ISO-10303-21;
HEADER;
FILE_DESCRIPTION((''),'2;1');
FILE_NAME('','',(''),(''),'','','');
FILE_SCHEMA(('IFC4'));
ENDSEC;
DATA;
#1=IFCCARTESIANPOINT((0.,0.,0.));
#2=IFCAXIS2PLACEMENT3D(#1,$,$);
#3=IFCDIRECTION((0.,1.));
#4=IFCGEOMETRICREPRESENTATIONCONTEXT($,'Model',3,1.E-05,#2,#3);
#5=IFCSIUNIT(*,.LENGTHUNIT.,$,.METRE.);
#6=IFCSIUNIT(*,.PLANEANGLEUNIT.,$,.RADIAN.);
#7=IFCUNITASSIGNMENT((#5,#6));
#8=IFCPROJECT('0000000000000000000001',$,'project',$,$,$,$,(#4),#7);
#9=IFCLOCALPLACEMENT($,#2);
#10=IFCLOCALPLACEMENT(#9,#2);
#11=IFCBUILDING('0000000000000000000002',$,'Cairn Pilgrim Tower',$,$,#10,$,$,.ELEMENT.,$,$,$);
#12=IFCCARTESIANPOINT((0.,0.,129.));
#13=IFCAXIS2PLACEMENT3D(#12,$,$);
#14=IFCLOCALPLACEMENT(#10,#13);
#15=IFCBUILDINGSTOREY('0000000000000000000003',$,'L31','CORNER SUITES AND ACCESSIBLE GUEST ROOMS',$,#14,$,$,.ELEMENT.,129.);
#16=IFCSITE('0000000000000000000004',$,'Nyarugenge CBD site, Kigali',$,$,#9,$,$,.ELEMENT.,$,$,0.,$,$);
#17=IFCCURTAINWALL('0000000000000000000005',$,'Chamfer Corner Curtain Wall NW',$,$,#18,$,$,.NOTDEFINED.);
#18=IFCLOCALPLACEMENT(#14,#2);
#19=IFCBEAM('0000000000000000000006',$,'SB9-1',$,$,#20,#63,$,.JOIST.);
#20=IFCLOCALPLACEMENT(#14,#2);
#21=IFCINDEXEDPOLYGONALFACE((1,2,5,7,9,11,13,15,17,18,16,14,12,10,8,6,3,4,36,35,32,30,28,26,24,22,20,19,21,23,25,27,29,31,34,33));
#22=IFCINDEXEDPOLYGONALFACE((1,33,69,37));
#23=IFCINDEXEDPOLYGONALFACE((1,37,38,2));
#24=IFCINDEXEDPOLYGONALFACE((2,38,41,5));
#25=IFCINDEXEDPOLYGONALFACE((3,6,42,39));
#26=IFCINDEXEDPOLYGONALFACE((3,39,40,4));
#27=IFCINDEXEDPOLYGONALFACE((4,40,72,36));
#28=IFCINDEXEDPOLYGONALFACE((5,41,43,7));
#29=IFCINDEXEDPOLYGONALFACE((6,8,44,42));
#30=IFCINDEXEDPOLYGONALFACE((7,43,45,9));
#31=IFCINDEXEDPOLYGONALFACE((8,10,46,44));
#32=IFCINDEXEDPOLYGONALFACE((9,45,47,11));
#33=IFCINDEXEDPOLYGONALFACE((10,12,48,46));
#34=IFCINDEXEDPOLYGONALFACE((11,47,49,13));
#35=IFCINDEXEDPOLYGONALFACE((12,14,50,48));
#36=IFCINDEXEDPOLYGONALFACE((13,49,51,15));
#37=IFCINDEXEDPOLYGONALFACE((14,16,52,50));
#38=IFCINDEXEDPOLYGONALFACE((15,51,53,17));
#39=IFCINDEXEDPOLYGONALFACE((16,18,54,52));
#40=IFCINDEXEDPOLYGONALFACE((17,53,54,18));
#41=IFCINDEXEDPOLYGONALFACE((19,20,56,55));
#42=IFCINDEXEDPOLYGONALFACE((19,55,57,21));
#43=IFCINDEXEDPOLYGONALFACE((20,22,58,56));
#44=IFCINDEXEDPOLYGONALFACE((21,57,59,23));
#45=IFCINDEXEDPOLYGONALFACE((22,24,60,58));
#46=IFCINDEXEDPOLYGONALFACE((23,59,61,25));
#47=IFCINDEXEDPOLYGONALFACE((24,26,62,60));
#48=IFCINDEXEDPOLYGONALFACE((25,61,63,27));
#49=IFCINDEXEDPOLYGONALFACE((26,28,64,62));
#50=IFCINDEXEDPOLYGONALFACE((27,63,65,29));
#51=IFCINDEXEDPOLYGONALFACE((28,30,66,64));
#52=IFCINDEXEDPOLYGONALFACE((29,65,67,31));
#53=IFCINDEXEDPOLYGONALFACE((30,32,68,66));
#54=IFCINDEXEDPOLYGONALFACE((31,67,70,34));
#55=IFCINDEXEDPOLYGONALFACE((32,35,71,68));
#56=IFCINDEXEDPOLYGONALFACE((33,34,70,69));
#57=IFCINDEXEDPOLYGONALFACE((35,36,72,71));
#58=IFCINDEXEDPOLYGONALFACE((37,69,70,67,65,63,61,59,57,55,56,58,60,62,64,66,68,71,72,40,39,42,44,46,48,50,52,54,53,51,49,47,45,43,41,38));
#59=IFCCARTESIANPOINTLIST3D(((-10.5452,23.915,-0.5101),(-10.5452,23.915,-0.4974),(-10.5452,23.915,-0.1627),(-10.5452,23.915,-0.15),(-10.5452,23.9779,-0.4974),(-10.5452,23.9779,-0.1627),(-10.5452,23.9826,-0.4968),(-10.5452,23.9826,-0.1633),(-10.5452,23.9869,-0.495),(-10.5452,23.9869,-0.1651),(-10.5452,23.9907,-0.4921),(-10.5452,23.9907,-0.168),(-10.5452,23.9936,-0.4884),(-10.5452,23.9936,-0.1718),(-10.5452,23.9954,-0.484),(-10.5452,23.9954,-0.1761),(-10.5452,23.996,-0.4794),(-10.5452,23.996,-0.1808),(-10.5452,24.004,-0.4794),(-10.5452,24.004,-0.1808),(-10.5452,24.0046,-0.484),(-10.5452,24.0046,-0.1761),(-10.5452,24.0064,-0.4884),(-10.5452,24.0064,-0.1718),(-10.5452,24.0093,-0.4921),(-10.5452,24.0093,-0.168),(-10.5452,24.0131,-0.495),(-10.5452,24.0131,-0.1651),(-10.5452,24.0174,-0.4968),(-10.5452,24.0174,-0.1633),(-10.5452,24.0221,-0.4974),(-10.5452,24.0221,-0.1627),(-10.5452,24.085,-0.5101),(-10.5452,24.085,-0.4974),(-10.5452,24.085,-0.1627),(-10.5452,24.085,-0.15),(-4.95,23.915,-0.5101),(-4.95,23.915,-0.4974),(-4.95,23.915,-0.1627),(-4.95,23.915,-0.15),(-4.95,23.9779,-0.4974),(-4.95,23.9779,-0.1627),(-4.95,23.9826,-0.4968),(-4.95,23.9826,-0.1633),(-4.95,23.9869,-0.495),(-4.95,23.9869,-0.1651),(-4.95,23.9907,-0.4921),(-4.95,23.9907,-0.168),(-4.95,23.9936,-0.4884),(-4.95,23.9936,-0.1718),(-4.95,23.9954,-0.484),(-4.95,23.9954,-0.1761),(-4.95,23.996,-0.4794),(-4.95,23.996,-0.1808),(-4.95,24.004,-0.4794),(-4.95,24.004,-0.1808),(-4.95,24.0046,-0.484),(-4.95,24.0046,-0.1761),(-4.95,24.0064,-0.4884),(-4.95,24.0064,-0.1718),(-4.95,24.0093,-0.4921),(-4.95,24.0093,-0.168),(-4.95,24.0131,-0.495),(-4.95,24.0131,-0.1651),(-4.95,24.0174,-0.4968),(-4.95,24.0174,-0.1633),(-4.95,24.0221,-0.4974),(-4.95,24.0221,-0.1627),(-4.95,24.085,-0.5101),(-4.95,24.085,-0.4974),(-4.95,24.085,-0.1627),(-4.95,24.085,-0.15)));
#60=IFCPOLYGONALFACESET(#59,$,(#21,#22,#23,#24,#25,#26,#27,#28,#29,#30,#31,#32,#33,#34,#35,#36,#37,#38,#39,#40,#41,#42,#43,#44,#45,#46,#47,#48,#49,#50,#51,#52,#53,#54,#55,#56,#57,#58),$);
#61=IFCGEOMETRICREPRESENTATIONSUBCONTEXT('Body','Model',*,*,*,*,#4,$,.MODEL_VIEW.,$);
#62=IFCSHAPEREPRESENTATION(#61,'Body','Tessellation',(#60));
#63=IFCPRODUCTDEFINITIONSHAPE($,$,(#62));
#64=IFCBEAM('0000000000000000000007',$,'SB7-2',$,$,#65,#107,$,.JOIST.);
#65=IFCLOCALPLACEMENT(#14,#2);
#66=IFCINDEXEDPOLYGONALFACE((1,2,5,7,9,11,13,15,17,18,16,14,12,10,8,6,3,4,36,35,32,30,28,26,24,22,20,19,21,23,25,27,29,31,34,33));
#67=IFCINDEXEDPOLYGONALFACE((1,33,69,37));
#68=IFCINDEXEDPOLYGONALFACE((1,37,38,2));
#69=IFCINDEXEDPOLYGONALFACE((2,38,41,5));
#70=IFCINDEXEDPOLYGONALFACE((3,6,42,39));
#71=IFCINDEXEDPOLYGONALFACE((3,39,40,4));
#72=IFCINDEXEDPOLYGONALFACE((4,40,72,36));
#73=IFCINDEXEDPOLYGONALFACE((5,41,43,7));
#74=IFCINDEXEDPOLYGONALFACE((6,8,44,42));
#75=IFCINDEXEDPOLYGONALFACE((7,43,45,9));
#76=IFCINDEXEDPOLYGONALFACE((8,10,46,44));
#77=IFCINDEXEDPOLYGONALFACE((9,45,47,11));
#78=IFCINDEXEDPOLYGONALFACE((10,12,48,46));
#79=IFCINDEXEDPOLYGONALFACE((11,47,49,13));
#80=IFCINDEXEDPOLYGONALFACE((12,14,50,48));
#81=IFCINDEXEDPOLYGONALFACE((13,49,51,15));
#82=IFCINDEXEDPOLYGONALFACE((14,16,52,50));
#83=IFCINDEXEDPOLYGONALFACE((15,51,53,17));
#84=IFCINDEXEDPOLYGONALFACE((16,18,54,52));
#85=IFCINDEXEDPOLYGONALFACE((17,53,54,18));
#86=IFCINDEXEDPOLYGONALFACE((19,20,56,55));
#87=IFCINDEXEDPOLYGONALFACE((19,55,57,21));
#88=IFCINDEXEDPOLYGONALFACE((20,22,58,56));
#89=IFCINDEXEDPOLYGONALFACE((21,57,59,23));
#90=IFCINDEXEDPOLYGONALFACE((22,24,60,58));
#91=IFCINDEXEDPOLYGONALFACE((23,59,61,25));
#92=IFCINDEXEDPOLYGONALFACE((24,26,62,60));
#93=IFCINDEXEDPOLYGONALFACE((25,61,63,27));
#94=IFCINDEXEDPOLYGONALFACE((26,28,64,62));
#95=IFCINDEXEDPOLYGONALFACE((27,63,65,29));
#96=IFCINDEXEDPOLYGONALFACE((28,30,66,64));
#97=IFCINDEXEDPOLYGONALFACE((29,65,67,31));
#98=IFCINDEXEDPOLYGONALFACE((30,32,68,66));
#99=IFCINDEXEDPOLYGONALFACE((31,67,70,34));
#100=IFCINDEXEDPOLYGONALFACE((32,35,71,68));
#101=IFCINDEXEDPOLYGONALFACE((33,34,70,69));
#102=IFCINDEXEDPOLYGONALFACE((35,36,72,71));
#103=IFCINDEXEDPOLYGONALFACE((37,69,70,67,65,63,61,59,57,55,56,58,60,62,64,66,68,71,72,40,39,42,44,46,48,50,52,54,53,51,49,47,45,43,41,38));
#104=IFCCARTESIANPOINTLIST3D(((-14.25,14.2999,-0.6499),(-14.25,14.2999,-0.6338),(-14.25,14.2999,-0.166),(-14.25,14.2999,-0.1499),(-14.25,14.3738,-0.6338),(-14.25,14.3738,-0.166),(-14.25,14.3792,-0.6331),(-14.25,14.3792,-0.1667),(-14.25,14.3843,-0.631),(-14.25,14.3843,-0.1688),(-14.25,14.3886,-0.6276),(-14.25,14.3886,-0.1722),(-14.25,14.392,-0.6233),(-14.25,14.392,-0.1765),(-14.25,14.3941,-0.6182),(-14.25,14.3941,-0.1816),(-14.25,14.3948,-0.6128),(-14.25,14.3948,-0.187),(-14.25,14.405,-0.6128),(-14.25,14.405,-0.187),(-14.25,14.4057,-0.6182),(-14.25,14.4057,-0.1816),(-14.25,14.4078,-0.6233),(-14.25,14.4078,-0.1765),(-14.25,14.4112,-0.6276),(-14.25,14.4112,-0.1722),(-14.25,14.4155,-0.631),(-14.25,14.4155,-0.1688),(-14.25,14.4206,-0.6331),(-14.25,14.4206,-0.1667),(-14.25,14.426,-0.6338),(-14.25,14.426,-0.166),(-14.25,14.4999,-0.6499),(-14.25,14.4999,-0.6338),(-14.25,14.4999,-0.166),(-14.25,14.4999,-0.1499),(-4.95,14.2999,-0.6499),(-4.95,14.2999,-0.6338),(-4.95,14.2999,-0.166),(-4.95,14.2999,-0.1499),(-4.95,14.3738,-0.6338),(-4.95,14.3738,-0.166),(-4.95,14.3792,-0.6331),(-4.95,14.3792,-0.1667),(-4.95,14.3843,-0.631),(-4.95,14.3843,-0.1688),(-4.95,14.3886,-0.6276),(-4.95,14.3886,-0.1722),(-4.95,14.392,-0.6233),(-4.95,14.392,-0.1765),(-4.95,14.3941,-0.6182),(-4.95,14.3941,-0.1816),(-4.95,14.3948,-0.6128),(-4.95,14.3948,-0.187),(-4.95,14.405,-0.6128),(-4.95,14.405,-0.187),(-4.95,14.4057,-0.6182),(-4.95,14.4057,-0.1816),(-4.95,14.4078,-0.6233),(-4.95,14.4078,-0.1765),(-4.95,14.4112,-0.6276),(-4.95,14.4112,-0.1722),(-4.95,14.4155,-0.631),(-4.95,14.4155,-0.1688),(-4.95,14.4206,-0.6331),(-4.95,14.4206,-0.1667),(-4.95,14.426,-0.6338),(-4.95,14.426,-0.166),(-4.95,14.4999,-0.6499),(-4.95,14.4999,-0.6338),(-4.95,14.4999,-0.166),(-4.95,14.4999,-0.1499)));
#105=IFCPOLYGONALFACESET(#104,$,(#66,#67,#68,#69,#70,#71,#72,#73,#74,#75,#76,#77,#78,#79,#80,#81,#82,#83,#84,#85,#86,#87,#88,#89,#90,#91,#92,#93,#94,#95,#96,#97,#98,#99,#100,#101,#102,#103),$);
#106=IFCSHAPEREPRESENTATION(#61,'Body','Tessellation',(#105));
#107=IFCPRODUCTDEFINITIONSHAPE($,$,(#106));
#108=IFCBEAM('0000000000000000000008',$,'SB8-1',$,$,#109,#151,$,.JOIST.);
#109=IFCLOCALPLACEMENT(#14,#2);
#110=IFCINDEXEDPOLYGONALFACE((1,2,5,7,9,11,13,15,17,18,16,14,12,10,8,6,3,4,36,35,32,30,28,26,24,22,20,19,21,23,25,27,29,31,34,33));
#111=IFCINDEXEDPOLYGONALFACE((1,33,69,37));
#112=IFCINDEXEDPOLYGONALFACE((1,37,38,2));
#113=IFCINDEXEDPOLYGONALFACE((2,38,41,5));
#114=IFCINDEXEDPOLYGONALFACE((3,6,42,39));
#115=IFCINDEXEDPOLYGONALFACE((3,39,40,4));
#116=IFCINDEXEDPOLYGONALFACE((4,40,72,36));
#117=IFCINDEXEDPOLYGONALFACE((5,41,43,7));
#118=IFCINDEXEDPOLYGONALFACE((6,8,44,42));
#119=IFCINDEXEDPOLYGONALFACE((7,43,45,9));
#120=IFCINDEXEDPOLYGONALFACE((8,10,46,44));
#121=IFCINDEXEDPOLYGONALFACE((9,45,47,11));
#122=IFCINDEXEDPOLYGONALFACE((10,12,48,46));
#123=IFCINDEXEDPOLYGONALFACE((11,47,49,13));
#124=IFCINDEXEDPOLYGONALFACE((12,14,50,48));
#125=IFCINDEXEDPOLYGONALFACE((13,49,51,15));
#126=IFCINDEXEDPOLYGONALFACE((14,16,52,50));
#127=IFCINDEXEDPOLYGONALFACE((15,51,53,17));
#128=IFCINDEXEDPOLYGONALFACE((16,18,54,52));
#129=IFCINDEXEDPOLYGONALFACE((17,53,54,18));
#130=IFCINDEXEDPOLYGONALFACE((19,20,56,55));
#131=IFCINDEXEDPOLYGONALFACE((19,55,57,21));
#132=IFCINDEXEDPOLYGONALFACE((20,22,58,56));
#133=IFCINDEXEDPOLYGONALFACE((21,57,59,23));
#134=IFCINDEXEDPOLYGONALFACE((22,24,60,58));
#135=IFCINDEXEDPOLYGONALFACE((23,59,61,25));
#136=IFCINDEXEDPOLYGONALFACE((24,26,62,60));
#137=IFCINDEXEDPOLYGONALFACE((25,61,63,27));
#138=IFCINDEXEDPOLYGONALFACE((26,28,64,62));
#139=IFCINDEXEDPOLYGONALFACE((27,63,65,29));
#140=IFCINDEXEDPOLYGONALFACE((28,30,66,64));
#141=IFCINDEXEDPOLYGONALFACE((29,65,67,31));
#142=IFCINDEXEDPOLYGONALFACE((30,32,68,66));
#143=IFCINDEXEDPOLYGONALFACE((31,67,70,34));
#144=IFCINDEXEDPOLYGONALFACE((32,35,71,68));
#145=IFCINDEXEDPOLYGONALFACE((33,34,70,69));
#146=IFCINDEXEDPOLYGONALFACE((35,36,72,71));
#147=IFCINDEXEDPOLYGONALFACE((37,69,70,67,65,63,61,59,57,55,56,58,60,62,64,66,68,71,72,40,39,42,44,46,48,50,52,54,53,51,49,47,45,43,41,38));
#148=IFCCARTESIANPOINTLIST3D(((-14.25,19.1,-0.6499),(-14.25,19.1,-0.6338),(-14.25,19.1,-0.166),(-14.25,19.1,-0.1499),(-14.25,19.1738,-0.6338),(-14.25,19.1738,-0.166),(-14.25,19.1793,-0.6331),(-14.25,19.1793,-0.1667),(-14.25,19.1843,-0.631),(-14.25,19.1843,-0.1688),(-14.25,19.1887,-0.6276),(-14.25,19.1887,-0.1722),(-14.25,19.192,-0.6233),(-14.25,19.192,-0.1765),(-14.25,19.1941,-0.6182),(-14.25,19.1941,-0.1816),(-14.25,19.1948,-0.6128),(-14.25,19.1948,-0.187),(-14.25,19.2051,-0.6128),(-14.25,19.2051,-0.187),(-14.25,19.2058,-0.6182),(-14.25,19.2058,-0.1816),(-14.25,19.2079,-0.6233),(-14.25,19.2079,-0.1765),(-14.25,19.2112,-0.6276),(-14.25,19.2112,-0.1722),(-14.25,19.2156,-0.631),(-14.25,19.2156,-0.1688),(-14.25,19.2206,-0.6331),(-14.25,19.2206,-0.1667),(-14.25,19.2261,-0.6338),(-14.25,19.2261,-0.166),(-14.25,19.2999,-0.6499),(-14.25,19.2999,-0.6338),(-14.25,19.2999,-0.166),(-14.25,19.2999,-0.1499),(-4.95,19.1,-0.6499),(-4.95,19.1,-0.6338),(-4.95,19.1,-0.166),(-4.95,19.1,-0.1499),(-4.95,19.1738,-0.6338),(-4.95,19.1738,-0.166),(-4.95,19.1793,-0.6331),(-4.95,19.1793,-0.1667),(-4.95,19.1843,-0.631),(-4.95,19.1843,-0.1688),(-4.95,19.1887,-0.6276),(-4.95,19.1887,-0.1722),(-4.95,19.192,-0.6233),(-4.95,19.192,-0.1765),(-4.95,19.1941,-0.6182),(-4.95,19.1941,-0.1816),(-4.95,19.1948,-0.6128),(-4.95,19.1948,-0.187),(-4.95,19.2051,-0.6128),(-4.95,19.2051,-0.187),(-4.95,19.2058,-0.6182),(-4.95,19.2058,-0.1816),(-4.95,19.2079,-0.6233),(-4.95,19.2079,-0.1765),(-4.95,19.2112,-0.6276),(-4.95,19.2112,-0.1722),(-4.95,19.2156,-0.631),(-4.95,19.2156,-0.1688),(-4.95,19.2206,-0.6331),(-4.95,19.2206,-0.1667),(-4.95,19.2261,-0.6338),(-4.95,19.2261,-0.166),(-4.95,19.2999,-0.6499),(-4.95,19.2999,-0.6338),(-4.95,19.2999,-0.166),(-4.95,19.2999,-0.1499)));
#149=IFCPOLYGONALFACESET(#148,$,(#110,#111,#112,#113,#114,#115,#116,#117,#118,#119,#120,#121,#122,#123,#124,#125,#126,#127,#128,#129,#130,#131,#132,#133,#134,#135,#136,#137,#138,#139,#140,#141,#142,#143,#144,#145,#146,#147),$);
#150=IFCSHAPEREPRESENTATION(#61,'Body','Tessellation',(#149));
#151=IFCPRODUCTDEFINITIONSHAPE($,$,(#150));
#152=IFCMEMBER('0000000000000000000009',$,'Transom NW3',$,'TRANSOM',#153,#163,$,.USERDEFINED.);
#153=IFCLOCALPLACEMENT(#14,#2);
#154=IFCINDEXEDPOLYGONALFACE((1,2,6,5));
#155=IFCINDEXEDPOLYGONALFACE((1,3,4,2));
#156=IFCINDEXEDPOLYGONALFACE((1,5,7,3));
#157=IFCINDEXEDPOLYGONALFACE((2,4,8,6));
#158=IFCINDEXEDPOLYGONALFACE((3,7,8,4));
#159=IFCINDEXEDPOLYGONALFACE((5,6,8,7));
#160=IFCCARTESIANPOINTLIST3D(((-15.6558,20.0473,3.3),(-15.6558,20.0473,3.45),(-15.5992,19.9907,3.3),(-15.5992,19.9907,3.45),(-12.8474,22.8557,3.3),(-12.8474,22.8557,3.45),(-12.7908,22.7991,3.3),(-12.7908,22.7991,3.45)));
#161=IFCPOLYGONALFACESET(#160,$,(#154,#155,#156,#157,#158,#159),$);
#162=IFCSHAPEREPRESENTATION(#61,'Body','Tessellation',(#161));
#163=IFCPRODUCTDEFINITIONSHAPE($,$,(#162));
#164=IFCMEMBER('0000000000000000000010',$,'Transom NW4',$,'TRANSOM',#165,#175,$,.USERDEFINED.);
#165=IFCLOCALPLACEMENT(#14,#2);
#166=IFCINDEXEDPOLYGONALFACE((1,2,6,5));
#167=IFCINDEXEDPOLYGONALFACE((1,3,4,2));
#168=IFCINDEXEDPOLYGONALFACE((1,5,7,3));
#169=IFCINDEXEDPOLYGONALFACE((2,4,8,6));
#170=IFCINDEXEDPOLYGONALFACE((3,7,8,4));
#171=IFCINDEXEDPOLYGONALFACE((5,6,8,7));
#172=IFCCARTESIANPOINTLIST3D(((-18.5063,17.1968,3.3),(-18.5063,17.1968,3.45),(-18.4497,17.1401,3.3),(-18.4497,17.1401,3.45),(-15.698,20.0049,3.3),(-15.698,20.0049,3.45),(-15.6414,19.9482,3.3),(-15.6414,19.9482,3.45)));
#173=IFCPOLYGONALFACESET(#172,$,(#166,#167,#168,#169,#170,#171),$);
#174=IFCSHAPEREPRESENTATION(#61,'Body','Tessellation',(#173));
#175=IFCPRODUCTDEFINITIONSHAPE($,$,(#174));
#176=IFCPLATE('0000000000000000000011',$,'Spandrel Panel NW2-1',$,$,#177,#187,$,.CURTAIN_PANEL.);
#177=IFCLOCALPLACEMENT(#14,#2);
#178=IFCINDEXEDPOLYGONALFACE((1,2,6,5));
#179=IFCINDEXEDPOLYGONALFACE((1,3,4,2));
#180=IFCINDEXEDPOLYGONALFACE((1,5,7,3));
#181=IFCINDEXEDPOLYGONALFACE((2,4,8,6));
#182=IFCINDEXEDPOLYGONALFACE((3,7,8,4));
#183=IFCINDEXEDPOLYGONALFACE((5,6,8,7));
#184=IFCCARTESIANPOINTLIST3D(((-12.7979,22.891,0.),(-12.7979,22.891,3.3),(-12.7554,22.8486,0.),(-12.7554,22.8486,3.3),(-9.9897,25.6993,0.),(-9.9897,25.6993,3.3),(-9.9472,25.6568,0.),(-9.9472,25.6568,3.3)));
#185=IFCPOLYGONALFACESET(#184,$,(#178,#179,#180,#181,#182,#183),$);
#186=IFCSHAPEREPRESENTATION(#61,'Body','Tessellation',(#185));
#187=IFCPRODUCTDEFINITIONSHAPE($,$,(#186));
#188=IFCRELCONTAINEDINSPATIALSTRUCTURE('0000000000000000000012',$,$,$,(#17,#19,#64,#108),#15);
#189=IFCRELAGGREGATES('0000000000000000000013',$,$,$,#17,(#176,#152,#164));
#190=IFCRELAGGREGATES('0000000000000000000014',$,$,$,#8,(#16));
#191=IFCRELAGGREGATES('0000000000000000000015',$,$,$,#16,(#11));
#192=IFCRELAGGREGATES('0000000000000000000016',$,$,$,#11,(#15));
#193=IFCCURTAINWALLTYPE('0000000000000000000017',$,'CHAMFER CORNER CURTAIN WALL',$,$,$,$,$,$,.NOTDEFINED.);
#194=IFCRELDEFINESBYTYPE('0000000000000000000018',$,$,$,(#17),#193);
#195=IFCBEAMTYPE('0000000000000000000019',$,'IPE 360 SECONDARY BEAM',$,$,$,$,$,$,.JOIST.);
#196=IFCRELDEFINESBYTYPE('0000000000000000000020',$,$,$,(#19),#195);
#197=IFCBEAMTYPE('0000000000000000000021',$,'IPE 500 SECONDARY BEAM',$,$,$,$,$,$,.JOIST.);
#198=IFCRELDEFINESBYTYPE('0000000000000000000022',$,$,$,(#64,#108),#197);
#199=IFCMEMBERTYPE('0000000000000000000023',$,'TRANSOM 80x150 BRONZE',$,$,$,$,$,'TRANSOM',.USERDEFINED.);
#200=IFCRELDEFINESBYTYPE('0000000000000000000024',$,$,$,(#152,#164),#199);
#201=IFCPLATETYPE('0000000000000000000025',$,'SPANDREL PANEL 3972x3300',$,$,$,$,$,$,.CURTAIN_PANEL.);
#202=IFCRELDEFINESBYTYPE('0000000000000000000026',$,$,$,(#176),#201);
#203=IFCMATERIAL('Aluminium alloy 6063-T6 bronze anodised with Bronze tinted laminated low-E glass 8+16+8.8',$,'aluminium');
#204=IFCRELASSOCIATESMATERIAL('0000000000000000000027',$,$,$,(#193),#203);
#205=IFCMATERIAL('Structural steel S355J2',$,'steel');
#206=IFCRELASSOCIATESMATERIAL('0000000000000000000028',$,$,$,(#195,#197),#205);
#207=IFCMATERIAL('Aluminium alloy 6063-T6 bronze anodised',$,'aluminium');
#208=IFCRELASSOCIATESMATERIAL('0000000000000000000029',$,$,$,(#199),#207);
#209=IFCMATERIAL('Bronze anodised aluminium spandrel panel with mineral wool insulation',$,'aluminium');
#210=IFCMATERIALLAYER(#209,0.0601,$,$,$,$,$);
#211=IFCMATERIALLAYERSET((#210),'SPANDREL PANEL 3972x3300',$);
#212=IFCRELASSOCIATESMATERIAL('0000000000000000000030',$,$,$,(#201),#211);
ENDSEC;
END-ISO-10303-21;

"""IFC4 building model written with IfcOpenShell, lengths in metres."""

from ifc_helpers import new_model, si_unit, direction, frame, origin, origin_2d, place, context, subcontext, project, spatial, rectangle, i_section, extrude, material, layer, layer_set, material_profile, profile_set, type_object, element, aggregate, save


model = new_model("IFC4")

# Units and contexts
model_context = context("Model", 3, precision=1e-05, world=origin(), true_north=direction((0.0, 1.0)))
body_context = subcontext(model_context, "Body", "Model", "MODEL_VIEW")
ifc_project = project(units=[si_unit("LENGTHUNIT", "METRE"), si_unit("PLANEANGLEUNIT", "RADIAN")], contexts=[model_context])

# Site, building, storey
site_placement = place(None, origin())
site = spatial("IfcSite", under=ifc_project, at=site_placement, Name="Nyarugenge CBD site, Kigali", CompositionType="ELEMENT", RefElevation=0.0)
building_placement = place(site_placement, origin())
building = spatial("IfcBuilding", under=site, at=building_placement, Name="Cairn Pilgrim Tower", CompositionType="ELEMENT")
storey_placement = place(building_placement, frame((0.0, 0.0, 129.0)))
storey = spatial("IfcBuildingStorey", under=building, at=storey_placement, Name="L31", Description="CORNER SUITES AND ACCESSIBLE GUEST ROOMS", CompositionType="ELEMENT", Elevation=129.0)

# Shared definitions
ifc_material_1 = material(Name="Structural steel S355J2", Category="steel")

# Curtain wall
ifc_material_2 = material(Name="Aluminium alloy 6063-T6 bronze anodised with Bronze tinted laminated low-E glass 8+16+8.8", Category="aluminium")
curtain_wall_type_1 = type_object("IfcCurtainWallType", Name="CHAMFER CORNER CURTAIN WALL", PredefinedType="NOTDEFINED", material=ifc_material_2)
curtain_wall_1_placement = place(storey_placement, origin())
curtain_wall_1 = element("IfcCurtainWall", 1, at=curtain_wall_1_placement, inside=storey, type_object=curtain_wall_type_1, Name="Chamfer Corner Curtain Wall NW", PredefinedType="NOTDEFINED")
ifc_material_3 = material(Name="Aluminium alloy 6063-T6 bronze anodised", Category="aluminium")

# Beams
ifc_material_profile_1 = material_profile(ifc_material_1, i_section(OverallWidth=0.1699, OverallDepth=0.3601, WebThickness=0.0081, FlangeThickness=0.0127, FilletRadius=0.0181, at=origin_2d()), Name="IPE 360")
ifc_profile_set_1 = profile_set([ifc_material_profile_1], Name="Structural steel S355J2")
beam_type_1 = type_object("IfcBeamType", Name="IPE 360 SECONDARY BEAM", PredefinedType="JOIST", material=ifc_profile_set_1)
beam_1_placement = place(storey_placement, frame((-10.5452, 24.0, -0.3301), z_axis=(1.0, 0.0, 0.0), x_axis=(0.0, 1.0, 0.0)))
element("IfcBeam", 2, at=beam_1_placement, inside=storey, type_object=beam_type_1, Name="SB9-1", PredefinedType="JOIST", context=body_context, shape_type="SweptSolid", body=[
    extrude(i_section(OverallWidth=0.1699, OverallDepth=0.3601, WebThickness=0.0081, FlangeThickness=0.0127, FilletRadius=0.0181, at=origin_2d()), origin(), (0.0, 0.0, 1.0), 5.5952),
])
ifc_material_profile_2 = material_profile(ifc_material_1, i_section(OverallWidth=0.2, OverallDepth=0.5, WebThickness=0.0103, FlangeThickness=0.0161, FilletRadius=0.021, at=origin_2d()), Name="IPE 500")
ifc_profile_set_2 = profile_set([ifc_material_profile_2], Name="Structural steel S355J2")
beam_type_2 = type_object("IfcBeamType", Name="IPE 500 SECONDARY BEAM", PredefinedType="JOIST", material=ifc_profile_set_2)
for number, where, z_axis, x_axis, name in (
    (3, (-14.25, 14.3999, -0.3999), (1.0, 0.0, 0.0), (0.0, 1.0, 0.0), "SB7-2"),
    (4, (-14.25, 19.2, -0.3999), (1.0, 0.0, 0.0), (0.0, 1.0, 0.0), "SB8-1"),
):
    element("IfcBeam", number, at=place(storey_placement, frame(where, z_axis=z_axis, x_axis=x_axis)), inside=storey, type_object=beam_type_2, Name=name, PredefinedType="JOIST", context=body_context, shape_type="SweptSolid", body=[
        extrude(i_section(OverallWidth=0.2, OverallDepth=0.5, WebThickness=0.0103, FlangeThickness=0.0161, FilletRadius=0.021, at=origin_2d()), origin(), (0.0, 0.0, 1.0), 9.3),
    ])

# Members
ifc_material_profile_3 = material_profile(ifc_material_3, rectangle(XDim=0.0801, YDim=0.1499, at=origin_2d()), Name="TRANSOM 80x150 BRONZE")
ifc_profile_set_3 = profile_set([ifc_material_profile_3], Name="Aluminium alloy 6063-T6 bronze anodised")
member_type_1 = type_object("IfcMemberType", Name="TRANSOM 80x150 BRONZE", ElementType="TRANSOM", PredefinedType="USERDEFINED", material=ifc_profile_set_3)
member_1_placement = place(storey_placement, frame((-12.8191, 22.8274, 3.375), z_axis=(-0.707107, -0.707107, 0.0), x_axis=(0.707107, -0.707107, 0.0)))
member_1 = element("IfcMember", 5, at=member_1_placement, type_object=member_type_1, Name="Transom NW3", ObjectType="TRANSOM", PredefinedType="USERDEFINED", context=body_context, shape_type="SweptSolid", body=[
    extrude(rectangle(XDim=0.0801, YDim=0.1499, at=origin_2d()), origin(), (0.0, 0.0, 1.0), 3.9717),
])
member_2_placement = place(storey_placement, frame((-15.6697, 19.9766, 3.375), z_axis=(-0.707138, -0.707076, 0.0), x_axis=(0.707076, -0.707138, 0.0)))
member_2 = element("IfcMember", 6, at=member_2_placement, type_object=member_type_1, Name="Transom NW4", ObjectType="TRANSOM", PredefinedType="USERDEFINED", context=body_context, shape_type="SweptSolid", body=[
    extrude(rectangle(XDim=0.0801, YDim=0.1499, at=origin_2d()), origin(), (0.0, 0.0, 1.0), 3.9714),
])

# Plate
ifc_material_4 = material(Name="Bronze anodised aluminium spandrel panel with mineral wool insulation", Category="aluminium")
ifc_layer_1 = layer(ifc_material_4, 0.0601)
ifc_layer_set_1 = layer_set([ifc_layer_1], Name="SPANDREL PANEL 3972x3300")
plate_type = type_object("IfcPlateType", Name="SPANDREL PANEL 3972x3300", PredefinedType="CURTAIN_PANEL", material=ifc_layer_set_1)
plate_1_placement = place(storey_placement, frame((-11.3726, 24.2739, 0.0), z_axis=(0.0, 0.0, 1.0), x_axis=(-0.707107, -0.707107, 0.0)))
plate_1 = element("IfcPlate", 7, at=plate_1_placement, type_object=plate_type, Name="Spandrel Panel NW2-1", PredefinedType="CURTAIN_PANEL", context=body_context, shape_type="SweptSolid", body=[
    extrude(rectangle(XDim=3.9714, YDim=0.0601, at=origin_2d()), origin(), (0.0, 0.0, 1.0), 3.3),
])
aggregate(curtain_wall_1, [plate_1, member_1, member_2])

save(model, "model.ifc")
